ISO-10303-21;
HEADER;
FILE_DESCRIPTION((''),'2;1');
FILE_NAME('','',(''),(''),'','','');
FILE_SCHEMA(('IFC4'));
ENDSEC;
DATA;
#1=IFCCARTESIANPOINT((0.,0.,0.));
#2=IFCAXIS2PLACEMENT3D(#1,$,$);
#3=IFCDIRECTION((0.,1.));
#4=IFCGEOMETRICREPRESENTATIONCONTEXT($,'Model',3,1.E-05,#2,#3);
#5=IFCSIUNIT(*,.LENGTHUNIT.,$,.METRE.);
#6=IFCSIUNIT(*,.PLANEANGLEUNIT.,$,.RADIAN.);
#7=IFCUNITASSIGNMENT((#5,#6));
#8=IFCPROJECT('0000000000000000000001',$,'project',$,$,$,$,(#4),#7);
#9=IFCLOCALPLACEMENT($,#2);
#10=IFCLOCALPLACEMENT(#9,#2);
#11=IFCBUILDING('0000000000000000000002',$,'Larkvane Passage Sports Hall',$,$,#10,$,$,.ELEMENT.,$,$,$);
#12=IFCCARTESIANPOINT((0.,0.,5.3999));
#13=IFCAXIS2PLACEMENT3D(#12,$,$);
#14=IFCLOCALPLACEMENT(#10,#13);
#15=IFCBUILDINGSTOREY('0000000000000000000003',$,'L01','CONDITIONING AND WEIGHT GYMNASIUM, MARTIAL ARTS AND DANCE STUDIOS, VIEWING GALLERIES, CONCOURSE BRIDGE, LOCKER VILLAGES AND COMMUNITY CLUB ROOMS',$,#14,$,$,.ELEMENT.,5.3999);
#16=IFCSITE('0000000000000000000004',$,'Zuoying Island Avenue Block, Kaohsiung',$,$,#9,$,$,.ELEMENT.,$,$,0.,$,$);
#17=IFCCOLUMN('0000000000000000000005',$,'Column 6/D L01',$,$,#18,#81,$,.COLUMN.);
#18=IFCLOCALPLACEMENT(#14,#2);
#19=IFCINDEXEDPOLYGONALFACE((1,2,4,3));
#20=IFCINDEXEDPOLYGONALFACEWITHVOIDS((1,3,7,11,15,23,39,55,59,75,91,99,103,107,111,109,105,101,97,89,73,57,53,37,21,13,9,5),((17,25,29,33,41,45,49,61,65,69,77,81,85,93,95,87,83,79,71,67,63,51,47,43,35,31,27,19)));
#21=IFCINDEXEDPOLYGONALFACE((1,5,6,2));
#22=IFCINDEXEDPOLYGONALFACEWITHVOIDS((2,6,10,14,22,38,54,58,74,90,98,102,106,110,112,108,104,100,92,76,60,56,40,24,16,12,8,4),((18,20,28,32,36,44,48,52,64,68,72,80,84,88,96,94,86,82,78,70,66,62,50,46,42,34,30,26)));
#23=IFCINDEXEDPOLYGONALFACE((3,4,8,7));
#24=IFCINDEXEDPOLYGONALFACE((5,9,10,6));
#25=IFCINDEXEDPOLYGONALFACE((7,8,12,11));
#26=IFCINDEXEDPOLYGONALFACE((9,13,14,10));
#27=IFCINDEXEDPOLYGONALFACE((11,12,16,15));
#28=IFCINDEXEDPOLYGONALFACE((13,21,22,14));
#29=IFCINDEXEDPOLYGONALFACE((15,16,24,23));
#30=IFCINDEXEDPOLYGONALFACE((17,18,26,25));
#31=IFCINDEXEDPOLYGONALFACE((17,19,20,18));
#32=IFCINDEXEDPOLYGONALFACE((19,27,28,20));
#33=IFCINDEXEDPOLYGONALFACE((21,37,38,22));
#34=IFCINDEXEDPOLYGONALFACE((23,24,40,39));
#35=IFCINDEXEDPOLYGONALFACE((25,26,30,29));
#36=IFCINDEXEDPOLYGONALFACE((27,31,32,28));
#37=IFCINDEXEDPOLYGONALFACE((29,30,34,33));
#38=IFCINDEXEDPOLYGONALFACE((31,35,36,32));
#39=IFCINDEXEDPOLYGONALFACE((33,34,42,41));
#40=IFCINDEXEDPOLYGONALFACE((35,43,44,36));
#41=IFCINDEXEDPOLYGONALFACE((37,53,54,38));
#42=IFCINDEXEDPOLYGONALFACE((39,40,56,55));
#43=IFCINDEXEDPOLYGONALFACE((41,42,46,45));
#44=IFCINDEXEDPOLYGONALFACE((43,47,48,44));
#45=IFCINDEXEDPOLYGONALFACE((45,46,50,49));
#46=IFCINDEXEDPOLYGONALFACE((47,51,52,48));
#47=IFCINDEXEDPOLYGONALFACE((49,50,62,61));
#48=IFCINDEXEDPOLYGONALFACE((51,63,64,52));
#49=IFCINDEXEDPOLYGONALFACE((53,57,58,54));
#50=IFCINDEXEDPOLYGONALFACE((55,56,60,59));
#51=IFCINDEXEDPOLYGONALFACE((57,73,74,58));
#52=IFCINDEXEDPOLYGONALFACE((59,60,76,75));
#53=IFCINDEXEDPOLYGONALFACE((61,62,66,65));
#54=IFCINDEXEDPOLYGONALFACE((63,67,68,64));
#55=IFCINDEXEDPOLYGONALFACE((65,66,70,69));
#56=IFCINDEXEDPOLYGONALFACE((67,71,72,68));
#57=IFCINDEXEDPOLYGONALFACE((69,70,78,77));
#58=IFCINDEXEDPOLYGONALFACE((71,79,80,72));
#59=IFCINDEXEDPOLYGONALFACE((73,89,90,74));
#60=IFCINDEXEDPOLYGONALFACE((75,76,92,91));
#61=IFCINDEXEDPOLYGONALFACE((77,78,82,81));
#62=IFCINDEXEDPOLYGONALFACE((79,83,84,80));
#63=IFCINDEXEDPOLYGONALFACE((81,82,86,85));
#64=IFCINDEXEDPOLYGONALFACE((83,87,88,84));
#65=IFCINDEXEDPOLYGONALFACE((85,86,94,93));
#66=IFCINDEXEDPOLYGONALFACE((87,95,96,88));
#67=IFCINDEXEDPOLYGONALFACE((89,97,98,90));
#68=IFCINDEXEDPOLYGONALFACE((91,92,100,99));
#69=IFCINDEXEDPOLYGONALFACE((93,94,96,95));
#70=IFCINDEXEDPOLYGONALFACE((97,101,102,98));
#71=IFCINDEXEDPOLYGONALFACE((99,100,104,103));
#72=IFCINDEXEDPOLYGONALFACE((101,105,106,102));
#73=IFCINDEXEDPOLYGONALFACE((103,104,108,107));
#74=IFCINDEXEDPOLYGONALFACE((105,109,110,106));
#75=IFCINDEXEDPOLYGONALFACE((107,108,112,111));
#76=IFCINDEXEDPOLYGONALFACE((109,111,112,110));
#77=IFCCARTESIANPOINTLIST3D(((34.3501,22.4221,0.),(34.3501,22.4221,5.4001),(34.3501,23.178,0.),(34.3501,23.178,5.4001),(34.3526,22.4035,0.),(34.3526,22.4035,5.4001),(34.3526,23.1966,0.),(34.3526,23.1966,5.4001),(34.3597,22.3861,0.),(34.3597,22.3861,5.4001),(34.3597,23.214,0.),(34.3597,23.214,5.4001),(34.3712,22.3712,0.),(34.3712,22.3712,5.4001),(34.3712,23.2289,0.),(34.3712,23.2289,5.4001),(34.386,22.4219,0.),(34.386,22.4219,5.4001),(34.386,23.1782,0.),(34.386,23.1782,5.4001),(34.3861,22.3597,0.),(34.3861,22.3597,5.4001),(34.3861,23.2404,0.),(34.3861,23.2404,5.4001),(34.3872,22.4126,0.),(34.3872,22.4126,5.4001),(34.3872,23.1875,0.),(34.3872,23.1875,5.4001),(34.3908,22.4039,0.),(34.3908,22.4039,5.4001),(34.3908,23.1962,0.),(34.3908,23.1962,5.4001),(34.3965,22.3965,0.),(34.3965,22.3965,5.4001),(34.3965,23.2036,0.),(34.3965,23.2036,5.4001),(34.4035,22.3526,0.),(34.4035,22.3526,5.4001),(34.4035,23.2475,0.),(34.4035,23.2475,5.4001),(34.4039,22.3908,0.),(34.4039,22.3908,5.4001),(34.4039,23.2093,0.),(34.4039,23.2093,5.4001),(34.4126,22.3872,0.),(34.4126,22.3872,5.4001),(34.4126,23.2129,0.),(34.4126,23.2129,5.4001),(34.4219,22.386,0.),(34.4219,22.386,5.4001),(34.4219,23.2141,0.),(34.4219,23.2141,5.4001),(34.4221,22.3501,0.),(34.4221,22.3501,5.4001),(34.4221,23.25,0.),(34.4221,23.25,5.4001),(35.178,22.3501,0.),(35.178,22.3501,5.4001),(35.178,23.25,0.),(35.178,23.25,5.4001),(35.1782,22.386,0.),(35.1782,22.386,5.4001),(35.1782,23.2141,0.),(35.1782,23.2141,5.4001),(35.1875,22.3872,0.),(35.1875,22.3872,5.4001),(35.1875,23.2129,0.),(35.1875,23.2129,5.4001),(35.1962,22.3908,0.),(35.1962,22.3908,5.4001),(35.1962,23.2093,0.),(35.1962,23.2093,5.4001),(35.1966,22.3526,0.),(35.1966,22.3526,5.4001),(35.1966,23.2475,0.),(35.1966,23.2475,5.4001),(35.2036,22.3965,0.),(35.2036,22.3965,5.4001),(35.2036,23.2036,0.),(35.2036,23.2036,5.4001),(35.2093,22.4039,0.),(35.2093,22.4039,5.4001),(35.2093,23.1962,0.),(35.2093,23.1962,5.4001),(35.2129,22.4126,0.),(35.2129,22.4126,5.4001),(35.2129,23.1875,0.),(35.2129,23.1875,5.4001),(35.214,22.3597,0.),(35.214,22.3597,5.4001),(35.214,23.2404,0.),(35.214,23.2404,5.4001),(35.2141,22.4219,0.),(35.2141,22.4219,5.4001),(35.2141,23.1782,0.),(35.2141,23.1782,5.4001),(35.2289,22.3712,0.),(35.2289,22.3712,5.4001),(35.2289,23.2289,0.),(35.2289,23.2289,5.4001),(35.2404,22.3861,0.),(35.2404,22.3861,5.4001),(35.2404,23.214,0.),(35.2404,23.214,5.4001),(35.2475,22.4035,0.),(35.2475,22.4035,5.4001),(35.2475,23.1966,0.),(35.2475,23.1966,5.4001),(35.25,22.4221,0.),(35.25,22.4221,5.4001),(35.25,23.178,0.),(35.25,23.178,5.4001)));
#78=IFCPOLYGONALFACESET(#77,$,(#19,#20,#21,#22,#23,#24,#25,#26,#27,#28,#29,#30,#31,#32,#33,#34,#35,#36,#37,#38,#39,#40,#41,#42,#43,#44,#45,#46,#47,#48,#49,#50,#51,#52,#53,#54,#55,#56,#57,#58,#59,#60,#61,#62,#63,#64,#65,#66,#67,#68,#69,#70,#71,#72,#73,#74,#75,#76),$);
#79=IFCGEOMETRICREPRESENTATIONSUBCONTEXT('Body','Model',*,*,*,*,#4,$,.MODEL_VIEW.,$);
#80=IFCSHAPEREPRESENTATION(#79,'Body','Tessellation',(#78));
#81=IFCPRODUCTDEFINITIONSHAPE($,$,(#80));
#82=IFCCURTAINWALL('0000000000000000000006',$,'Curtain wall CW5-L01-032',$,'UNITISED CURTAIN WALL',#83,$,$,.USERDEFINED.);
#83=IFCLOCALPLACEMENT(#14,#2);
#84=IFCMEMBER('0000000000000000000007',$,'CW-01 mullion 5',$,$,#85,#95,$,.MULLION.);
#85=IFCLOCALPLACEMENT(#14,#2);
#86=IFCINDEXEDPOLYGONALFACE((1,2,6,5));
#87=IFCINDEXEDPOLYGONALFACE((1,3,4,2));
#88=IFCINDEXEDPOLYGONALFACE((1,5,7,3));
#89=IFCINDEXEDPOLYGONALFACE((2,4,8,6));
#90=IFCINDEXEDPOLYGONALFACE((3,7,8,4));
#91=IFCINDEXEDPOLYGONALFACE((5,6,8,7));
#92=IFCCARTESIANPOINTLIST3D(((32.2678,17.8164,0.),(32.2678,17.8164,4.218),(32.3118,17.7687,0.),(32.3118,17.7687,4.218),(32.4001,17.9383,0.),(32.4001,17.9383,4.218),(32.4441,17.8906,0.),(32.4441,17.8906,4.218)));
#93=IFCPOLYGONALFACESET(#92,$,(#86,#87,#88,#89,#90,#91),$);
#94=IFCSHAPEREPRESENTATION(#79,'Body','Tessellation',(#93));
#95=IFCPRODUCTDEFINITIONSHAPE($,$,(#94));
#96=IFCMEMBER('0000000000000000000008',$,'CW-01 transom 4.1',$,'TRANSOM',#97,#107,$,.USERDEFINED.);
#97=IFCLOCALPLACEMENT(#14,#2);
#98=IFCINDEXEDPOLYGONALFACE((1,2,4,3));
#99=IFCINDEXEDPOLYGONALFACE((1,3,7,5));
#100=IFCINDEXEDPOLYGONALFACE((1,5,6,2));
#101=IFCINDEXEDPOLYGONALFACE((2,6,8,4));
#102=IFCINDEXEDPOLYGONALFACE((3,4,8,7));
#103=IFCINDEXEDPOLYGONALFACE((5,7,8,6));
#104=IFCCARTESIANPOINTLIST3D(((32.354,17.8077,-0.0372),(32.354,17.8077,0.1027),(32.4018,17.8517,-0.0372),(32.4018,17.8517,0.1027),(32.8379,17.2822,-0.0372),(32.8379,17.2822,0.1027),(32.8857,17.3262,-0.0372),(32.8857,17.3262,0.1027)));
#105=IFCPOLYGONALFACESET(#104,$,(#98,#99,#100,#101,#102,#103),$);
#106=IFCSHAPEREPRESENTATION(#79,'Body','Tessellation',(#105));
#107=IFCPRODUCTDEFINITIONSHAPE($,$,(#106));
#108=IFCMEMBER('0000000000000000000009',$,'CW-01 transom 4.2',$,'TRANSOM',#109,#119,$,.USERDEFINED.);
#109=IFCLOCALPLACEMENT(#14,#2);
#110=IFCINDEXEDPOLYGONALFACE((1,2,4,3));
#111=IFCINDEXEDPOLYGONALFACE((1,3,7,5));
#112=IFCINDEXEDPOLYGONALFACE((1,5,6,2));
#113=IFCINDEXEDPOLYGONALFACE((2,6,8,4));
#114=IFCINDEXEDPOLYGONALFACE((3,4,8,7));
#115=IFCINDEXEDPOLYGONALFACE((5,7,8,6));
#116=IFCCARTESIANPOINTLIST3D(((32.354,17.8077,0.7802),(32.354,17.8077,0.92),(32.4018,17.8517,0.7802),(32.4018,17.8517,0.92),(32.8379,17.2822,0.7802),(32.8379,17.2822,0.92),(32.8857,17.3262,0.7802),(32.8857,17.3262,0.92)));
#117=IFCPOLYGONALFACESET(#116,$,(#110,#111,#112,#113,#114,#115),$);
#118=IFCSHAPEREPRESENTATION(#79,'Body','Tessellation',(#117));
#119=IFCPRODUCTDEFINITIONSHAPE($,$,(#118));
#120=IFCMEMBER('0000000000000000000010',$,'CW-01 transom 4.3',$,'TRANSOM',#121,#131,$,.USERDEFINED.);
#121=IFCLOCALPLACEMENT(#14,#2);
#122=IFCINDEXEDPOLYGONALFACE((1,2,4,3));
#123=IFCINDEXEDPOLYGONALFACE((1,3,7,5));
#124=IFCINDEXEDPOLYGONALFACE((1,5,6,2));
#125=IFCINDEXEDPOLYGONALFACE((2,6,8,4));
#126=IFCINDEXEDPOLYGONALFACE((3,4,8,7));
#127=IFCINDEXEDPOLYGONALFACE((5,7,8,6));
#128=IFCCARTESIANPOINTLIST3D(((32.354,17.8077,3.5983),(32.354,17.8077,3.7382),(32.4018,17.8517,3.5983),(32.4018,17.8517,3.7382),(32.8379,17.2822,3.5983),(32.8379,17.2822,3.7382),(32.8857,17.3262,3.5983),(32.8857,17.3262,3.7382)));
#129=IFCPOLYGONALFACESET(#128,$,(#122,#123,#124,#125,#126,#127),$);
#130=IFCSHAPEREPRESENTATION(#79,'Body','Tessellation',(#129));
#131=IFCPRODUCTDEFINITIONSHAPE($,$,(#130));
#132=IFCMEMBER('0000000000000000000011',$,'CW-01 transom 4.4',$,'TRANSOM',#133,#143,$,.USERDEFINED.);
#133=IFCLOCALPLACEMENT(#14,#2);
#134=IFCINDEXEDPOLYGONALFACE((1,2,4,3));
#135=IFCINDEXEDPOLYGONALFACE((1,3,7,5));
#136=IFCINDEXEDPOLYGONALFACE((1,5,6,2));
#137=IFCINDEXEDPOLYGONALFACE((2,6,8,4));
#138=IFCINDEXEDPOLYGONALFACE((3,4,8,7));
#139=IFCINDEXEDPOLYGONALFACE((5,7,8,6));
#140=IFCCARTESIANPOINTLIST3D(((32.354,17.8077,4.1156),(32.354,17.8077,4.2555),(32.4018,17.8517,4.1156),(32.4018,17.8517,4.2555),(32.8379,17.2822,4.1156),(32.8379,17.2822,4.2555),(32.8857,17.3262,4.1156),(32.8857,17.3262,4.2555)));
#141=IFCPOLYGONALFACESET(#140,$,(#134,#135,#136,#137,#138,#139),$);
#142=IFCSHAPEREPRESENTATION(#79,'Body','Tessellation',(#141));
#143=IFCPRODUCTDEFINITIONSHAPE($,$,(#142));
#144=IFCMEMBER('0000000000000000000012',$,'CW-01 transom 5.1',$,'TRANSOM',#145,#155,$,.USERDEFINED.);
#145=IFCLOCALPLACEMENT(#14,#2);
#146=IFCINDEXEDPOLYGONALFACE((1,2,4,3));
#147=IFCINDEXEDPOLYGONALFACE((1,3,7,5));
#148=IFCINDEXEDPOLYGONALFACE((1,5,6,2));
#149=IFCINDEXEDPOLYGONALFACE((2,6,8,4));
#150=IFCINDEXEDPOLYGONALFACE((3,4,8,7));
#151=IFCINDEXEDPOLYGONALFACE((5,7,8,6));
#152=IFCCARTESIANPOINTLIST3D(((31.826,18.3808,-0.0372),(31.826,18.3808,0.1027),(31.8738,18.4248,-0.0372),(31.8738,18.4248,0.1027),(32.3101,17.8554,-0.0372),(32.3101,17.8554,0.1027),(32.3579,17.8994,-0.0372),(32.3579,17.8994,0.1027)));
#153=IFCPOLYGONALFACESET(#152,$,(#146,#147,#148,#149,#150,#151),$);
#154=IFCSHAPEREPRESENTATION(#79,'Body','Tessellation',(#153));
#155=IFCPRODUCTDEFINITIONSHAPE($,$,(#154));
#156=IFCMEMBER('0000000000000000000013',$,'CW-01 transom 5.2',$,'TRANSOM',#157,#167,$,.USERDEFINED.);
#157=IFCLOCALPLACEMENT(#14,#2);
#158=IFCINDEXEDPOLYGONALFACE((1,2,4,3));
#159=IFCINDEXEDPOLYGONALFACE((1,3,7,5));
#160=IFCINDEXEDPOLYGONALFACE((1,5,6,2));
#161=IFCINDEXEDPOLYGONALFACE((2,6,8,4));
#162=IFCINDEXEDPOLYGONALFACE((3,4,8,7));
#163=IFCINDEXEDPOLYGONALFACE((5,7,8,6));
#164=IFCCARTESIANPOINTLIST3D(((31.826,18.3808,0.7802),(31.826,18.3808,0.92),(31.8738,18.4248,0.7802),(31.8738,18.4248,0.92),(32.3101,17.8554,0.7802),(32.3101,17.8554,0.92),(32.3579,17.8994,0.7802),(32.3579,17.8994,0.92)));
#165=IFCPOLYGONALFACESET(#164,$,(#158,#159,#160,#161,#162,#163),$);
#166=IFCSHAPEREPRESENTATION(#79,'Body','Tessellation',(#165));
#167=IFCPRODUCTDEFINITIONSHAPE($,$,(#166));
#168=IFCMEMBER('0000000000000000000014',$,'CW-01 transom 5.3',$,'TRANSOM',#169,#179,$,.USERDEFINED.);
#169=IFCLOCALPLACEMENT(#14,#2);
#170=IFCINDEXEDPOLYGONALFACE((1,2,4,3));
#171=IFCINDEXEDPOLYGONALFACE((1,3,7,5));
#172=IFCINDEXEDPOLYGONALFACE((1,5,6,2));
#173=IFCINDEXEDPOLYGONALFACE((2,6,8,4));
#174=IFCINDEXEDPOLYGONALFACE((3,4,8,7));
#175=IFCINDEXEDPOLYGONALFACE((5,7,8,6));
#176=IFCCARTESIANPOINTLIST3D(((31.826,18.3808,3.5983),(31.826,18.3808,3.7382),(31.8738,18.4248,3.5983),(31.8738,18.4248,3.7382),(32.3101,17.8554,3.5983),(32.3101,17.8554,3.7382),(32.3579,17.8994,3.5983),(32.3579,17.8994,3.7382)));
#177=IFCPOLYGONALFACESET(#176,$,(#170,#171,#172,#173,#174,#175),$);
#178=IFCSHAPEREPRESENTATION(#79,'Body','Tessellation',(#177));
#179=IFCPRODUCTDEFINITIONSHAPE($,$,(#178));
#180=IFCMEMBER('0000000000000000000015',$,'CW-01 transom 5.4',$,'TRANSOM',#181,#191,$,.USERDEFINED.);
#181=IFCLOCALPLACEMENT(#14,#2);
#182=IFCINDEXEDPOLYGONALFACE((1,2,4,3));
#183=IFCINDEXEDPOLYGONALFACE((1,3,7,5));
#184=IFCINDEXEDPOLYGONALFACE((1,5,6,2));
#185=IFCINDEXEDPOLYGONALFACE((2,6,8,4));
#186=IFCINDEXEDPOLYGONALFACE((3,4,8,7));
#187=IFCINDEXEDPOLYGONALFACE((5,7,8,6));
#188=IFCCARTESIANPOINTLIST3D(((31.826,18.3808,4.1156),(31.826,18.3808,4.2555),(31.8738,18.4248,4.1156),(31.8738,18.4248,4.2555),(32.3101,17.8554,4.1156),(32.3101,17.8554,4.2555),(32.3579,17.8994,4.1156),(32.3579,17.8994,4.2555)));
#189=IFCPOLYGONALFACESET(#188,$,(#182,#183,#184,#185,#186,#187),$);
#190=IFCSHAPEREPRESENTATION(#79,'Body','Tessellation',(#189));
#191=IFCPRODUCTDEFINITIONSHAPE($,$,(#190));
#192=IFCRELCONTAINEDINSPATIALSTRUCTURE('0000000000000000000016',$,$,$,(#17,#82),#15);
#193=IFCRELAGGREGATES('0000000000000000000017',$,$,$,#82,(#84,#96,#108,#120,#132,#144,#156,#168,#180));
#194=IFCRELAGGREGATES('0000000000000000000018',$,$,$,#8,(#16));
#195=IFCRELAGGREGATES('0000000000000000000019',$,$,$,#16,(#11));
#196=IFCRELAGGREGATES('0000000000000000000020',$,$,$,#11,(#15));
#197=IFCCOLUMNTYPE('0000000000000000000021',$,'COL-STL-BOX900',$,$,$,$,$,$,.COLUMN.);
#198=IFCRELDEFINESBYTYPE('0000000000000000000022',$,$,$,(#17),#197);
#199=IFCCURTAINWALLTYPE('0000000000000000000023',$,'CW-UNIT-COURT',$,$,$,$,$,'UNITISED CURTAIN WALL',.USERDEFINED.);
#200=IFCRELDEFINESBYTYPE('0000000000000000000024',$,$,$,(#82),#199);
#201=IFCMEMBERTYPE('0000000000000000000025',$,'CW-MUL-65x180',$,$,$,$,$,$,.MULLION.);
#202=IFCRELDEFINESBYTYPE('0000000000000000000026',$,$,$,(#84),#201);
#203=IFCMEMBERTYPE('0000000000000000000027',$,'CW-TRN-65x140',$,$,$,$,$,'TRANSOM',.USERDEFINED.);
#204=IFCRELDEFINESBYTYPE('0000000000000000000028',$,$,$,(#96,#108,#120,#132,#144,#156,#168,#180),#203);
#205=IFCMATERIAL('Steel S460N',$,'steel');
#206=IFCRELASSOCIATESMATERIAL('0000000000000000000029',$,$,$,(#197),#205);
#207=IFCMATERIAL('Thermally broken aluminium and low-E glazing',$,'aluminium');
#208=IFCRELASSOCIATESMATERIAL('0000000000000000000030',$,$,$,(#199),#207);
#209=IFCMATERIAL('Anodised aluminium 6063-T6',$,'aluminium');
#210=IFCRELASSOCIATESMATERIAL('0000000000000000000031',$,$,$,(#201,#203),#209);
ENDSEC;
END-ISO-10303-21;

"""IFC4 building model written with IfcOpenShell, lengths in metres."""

from ifc_helpers import new_model, si_unit, direction, frame, origin, origin_2d, place, context, subcontext, project, spatial, rectangle, hollow_rectangle, extrude, material, material_profile, profile_set, type_object, element, aggregate, save


model = new_model("IFC4")

# Units and contexts
model_context = context("Model", 3, precision=1e-05, world=origin(), true_north=direction((0.0, 1.0)))
body_context = subcontext(model_context, "Body", "Model", "MODEL_VIEW")
ifc_project = project(units=[si_unit("LENGTHUNIT", "METRE"), si_unit("PLANEANGLEUNIT", "RADIAN")], contexts=[model_context])

# Site, building, storey
site_placement = place(None, origin())
site = spatial("IfcSite", under=ifc_project, at=site_placement, Name="Zuoying Island Avenue Block, Kaohsiung", CompositionType="ELEMENT", RefElevation=0.0)
building_placement = place(site_placement, origin())
building = spatial("IfcBuilding", under=site, at=building_placement, Name="Larkvane Passage Sports Hall", CompositionType="ELEMENT")
storey_placement = place(building_placement, frame((0.0, 0.0, 5.3999)))
storey = spatial("IfcBuildingStorey", under=building, at=storey_placement, Name="L01", Description="CONDITIONING AND WEIGHT GYMNASIUM, MARTIAL ARTS AND DANCE STUDIOS, VIEWING GALLERIES, CONCOURSE BRIDGE, LOCKER VILLAGES AND COMMUNITY CLUB ROOMS", CompositionType="ELEMENT", Elevation=5.3999)

# Column
ifc_material_1 = material(Name="Steel S460N", Category="steel")
ifc_material_profile_1 = material_profile(ifc_material_1, hollow_rectangle(XDim=0.8999, YDim=0.8999, WallThickness=0.0359, InnerFilletRadius=0.0359, OuterFilletRadius=0.072, at=origin_2d()), Name="BOX-900x900x36")
ifc_profile_set_1 = profile_set([ifc_material_profile_1], Name="Steel S460N")
column_type = type_object("IfcColumnType", Name="COL-STL-BOX900", PredefinedType="COLUMN", material=ifc_profile_set_1)
column_placement = place(storey_placement, frame((34.8, 22.8, 0.0), z_axis=(0.0, 0.0, 1.0), x_axis=(1.0, 0.0, 0.0)))
element("IfcColumn", 1, at=column_placement, inside=storey, type_object=column_type, Name="Column 6/D L01", PredefinedType="COLUMN", context=body_context, shape_type="SweptSolid", body=[
    extrude(hollow_rectangle(XDim=0.8999, YDim=0.8999, WallThickness=0.0359, InnerFilletRadius=0.0359, OuterFilletRadius=0.072, at=origin_2d()), origin(), (0.0, 0.0, 1.0), 5.4001),
])

# Curtain wall, members
ifc_material_2 = material(Name="Thermally broken aluminium and low-E glazing", Category="aluminium")
curtain_wall_type = type_object("IfcCurtainWallType", Name="CW-UNIT-COURT", ElementType="UNITISED CURTAIN WALL", PredefinedType="USERDEFINED", material=ifc_material_2)
curtain_wall_placement = place(storey_placement, origin())
curtain_wall = element("IfcCurtainWall", 2, at=curtain_wall_placement, inside=storey, type_object=curtain_wall_type, Name="Curtain wall CW5-L01-032", ObjectType="UNITISED CURTAIN WALL", PredefinedType="USERDEFINED")
ifc_material_3 = material(Name="Anodised aluminium 6063-T6", Category="aluminium")
ifc_material_profile_2 = material_profile(ifc_material_3, rectangle(XDim=0.0649, YDim=0.1799, at=origin_2d()), Name="ALU-MUL-65x180")
ifc_profile_set_2 = profile_set([ifc_material_profile_2], Name="Anodised aluminium 6063-T6")
member_type_1 = type_object("IfcMemberType", Name="CW-MUL-65x180", PredefinedType="MULLION", material=ifc_profile_set_2)
member_1_placement = place(storey_placement, frame((32.356, 17.8535, 0.0), z_axis=(0.0, 0.0, 1.0), x_axis=(-0.677478, 0.735543, 0.0)))
member_1 = element("IfcMember", 3, at=member_1_placement, type_object=member_type_1, Name="CW-01 mullion 5", PredefinedType="MULLION", context=body_context, shape_type="SweptSolid", body=[
    extrude(rectangle(XDim=0.0649, YDim=0.1799, at=origin_2d()), origin(), (0.0, 0.0, 1.0), 4.218),
])
ifc_material_profile_3 = material_profile(ifc_material_3, rectangle(XDim=0.0649, YDim=0.1399, at=origin_2d()), Name="ALU-TRN-65x140")
ifc_profile_set_3 = profile_set([ifc_material_profile_3], Name="Anodised aluminium 6063-T6")
member_type_2 = type_object("IfcMemberType", Name="CW-TRN-65x140", ElementType="TRANSOM", PredefinedType="USERDEFINED", material=ifc_profile_set_3)
member_2_placement = place(storey_placement, frame((32.8618, 17.3042, 0.0327), z_axis=(-0.677456, 0.735563, 0.0), x_axis=(-0.735563, -0.677456, 0.0)))
member_2 = element("IfcMember", 4, at=member_2_placement, type_object=member_type_2, Name="CW-01 transom 4.1", ObjectType="TRANSOM", PredefinedType="USERDEFINED", context=body_context, shape_type="SweptSolid", body=[
    extrude(rectangle(XDim=0.0649, YDim=0.1399, at=origin_2d()), origin(), (0.0, 0.0, 1.0), 0.7144),
])
member_3_placement = place(storey_placement, frame((32.8618, 17.3042, 0.8501), z_axis=(-0.677456, 0.735563, 0.0), x_axis=(-0.735563, -0.677456, 0.0)))
member_3 = element("IfcMember", 5, at=member_3_placement, type_object=member_type_2, Name="CW-01 transom 4.2", ObjectType="TRANSOM", PredefinedType="USERDEFINED", context=body_context, shape_type="SweptSolid", body=[
    extrude(rectangle(XDim=0.0649, YDim=0.1399, at=origin_2d()), origin(), (0.0, 0.0, 1.0), 0.7144),
])
member_4_placement = place(storey_placement, frame((32.8618, 17.3042, 3.6682), z_axis=(-0.677456, 0.735563, 0.0), x_axis=(-0.735563, -0.677456, 0.0)))
member_4 = element("IfcMember", 6, at=member_4_placement, type_object=member_type_2, Name="CW-01 transom 4.3", ObjectType="TRANSOM", PredefinedType="USERDEFINED", context=body_context, shape_type="SweptSolid", body=[
    extrude(rectangle(XDim=0.0649, YDim=0.1399, at=origin_2d()), origin(), (0.0, 0.0, 1.0), 0.7144),
])
member_5_placement = place(storey_placement, frame((32.8618, 17.3042, 4.1855), z_axis=(-0.677456, 0.735563, 0.0), x_axis=(-0.735563, -0.677456, 0.0)))
member_5 = element("IfcMember", 7, at=member_5_placement, type_object=member_type_2, Name="CW-01 transom 4.4", ObjectType="TRANSOM", PredefinedType="USERDEFINED", context=body_context, shape_type="SweptSolid", body=[
    extrude(rectangle(XDim=0.0649, YDim=0.1399, at=origin_2d()), origin(), (0.0, 0.0, 1.0), 0.7144),
])
member_6_placement = place(storey_placement, frame((32.334, 17.8774, 0.0327), z_axis=(-0.677641, 0.735393, 0.0), x_axis=(-0.735393, -0.677641, 0.0)))
member_6 = element("IfcMember", 8, at=member_6_placement, type_object=member_type_2, Name="CW-01 transom 5.1", ObjectType="TRANSOM", PredefinedType="USERDEFINED", context=body_context, shape_type="SweptSolid", body=[
    extrude(rectangle(XDim=0.0649, YDim=0.1399, at=origin_2d()), origin(), (0.0, 0.0, 1.0), 0.7144),
])
member_7_placement = place(storey_placement, frame((32.334, 17.8774, 0.8501), z_axis=(-0.677641, 0.735393, 0.0), x_axis=(-0.735393, -0.677641, 0.0)))
member_7 = element("IfcMember", 9, at=member_7_placement, type_object=member_type_2, Name="CW-01 transom 5.2", ObjectType="TRANSOM", PredefinedType="USERDEFINED", context=body_context, shape_type="SweptSolid", body=[
    extrude(rectangle(XDim=0.0649, YDim=0.1399, at=origin_2d()), origin(), (0.0, 0.0, 1.0), 0.7144),
])
member_8_placement = place(storey_placement, frame((32.334, 17.8774, 3.6682), z_axis=(-0.677641, 0.735393, 0.0), x_axis=(-0.735393, -0.677641, 0.0)))
member_8 = element("IfcMember", 10, at=member_8_placement, type_object=member_type_2, Name="CW-01 transom 5.3", ObjectType="TRANSOM", PredefinedType="USERDEFINED", context=body_context, shape_type="SweptSolid", body=[
    extrude(rectangle(XDim=0.0649, YDim=0.1399, at=origin_2d()), origin(), (0.0, 0.0, 1.0), 0.7144),
])
member_9_placement = place(storey_placement, frame((32.334, 17.8774, 4.1855), z_axis=(-0.677641, 0.735393, 0.0), x_axis=(-0.735393, -0.677641, 0.0)))
member_9 = element("IfcMember", 11, at=member_9_placement, type_object=member_type_2, Name="CW-01 transom 5.4", ObjectType="TRANSOM", PredefinedType="USERDEFINED", context=body_context, shape_type="SweptSolid", body=[
    extrude(rectangle(XDim=0.0649, YDim=0.1399, at=origin_2d()), origin(), (0.0, 0.0, 1.0), 0.7144),
])

aggregate(curtain_wall, [member_1, member_2, member_3, member_4, member_5, member_6, member_7, member_8, member_9])

save(model, "model.ifc")
